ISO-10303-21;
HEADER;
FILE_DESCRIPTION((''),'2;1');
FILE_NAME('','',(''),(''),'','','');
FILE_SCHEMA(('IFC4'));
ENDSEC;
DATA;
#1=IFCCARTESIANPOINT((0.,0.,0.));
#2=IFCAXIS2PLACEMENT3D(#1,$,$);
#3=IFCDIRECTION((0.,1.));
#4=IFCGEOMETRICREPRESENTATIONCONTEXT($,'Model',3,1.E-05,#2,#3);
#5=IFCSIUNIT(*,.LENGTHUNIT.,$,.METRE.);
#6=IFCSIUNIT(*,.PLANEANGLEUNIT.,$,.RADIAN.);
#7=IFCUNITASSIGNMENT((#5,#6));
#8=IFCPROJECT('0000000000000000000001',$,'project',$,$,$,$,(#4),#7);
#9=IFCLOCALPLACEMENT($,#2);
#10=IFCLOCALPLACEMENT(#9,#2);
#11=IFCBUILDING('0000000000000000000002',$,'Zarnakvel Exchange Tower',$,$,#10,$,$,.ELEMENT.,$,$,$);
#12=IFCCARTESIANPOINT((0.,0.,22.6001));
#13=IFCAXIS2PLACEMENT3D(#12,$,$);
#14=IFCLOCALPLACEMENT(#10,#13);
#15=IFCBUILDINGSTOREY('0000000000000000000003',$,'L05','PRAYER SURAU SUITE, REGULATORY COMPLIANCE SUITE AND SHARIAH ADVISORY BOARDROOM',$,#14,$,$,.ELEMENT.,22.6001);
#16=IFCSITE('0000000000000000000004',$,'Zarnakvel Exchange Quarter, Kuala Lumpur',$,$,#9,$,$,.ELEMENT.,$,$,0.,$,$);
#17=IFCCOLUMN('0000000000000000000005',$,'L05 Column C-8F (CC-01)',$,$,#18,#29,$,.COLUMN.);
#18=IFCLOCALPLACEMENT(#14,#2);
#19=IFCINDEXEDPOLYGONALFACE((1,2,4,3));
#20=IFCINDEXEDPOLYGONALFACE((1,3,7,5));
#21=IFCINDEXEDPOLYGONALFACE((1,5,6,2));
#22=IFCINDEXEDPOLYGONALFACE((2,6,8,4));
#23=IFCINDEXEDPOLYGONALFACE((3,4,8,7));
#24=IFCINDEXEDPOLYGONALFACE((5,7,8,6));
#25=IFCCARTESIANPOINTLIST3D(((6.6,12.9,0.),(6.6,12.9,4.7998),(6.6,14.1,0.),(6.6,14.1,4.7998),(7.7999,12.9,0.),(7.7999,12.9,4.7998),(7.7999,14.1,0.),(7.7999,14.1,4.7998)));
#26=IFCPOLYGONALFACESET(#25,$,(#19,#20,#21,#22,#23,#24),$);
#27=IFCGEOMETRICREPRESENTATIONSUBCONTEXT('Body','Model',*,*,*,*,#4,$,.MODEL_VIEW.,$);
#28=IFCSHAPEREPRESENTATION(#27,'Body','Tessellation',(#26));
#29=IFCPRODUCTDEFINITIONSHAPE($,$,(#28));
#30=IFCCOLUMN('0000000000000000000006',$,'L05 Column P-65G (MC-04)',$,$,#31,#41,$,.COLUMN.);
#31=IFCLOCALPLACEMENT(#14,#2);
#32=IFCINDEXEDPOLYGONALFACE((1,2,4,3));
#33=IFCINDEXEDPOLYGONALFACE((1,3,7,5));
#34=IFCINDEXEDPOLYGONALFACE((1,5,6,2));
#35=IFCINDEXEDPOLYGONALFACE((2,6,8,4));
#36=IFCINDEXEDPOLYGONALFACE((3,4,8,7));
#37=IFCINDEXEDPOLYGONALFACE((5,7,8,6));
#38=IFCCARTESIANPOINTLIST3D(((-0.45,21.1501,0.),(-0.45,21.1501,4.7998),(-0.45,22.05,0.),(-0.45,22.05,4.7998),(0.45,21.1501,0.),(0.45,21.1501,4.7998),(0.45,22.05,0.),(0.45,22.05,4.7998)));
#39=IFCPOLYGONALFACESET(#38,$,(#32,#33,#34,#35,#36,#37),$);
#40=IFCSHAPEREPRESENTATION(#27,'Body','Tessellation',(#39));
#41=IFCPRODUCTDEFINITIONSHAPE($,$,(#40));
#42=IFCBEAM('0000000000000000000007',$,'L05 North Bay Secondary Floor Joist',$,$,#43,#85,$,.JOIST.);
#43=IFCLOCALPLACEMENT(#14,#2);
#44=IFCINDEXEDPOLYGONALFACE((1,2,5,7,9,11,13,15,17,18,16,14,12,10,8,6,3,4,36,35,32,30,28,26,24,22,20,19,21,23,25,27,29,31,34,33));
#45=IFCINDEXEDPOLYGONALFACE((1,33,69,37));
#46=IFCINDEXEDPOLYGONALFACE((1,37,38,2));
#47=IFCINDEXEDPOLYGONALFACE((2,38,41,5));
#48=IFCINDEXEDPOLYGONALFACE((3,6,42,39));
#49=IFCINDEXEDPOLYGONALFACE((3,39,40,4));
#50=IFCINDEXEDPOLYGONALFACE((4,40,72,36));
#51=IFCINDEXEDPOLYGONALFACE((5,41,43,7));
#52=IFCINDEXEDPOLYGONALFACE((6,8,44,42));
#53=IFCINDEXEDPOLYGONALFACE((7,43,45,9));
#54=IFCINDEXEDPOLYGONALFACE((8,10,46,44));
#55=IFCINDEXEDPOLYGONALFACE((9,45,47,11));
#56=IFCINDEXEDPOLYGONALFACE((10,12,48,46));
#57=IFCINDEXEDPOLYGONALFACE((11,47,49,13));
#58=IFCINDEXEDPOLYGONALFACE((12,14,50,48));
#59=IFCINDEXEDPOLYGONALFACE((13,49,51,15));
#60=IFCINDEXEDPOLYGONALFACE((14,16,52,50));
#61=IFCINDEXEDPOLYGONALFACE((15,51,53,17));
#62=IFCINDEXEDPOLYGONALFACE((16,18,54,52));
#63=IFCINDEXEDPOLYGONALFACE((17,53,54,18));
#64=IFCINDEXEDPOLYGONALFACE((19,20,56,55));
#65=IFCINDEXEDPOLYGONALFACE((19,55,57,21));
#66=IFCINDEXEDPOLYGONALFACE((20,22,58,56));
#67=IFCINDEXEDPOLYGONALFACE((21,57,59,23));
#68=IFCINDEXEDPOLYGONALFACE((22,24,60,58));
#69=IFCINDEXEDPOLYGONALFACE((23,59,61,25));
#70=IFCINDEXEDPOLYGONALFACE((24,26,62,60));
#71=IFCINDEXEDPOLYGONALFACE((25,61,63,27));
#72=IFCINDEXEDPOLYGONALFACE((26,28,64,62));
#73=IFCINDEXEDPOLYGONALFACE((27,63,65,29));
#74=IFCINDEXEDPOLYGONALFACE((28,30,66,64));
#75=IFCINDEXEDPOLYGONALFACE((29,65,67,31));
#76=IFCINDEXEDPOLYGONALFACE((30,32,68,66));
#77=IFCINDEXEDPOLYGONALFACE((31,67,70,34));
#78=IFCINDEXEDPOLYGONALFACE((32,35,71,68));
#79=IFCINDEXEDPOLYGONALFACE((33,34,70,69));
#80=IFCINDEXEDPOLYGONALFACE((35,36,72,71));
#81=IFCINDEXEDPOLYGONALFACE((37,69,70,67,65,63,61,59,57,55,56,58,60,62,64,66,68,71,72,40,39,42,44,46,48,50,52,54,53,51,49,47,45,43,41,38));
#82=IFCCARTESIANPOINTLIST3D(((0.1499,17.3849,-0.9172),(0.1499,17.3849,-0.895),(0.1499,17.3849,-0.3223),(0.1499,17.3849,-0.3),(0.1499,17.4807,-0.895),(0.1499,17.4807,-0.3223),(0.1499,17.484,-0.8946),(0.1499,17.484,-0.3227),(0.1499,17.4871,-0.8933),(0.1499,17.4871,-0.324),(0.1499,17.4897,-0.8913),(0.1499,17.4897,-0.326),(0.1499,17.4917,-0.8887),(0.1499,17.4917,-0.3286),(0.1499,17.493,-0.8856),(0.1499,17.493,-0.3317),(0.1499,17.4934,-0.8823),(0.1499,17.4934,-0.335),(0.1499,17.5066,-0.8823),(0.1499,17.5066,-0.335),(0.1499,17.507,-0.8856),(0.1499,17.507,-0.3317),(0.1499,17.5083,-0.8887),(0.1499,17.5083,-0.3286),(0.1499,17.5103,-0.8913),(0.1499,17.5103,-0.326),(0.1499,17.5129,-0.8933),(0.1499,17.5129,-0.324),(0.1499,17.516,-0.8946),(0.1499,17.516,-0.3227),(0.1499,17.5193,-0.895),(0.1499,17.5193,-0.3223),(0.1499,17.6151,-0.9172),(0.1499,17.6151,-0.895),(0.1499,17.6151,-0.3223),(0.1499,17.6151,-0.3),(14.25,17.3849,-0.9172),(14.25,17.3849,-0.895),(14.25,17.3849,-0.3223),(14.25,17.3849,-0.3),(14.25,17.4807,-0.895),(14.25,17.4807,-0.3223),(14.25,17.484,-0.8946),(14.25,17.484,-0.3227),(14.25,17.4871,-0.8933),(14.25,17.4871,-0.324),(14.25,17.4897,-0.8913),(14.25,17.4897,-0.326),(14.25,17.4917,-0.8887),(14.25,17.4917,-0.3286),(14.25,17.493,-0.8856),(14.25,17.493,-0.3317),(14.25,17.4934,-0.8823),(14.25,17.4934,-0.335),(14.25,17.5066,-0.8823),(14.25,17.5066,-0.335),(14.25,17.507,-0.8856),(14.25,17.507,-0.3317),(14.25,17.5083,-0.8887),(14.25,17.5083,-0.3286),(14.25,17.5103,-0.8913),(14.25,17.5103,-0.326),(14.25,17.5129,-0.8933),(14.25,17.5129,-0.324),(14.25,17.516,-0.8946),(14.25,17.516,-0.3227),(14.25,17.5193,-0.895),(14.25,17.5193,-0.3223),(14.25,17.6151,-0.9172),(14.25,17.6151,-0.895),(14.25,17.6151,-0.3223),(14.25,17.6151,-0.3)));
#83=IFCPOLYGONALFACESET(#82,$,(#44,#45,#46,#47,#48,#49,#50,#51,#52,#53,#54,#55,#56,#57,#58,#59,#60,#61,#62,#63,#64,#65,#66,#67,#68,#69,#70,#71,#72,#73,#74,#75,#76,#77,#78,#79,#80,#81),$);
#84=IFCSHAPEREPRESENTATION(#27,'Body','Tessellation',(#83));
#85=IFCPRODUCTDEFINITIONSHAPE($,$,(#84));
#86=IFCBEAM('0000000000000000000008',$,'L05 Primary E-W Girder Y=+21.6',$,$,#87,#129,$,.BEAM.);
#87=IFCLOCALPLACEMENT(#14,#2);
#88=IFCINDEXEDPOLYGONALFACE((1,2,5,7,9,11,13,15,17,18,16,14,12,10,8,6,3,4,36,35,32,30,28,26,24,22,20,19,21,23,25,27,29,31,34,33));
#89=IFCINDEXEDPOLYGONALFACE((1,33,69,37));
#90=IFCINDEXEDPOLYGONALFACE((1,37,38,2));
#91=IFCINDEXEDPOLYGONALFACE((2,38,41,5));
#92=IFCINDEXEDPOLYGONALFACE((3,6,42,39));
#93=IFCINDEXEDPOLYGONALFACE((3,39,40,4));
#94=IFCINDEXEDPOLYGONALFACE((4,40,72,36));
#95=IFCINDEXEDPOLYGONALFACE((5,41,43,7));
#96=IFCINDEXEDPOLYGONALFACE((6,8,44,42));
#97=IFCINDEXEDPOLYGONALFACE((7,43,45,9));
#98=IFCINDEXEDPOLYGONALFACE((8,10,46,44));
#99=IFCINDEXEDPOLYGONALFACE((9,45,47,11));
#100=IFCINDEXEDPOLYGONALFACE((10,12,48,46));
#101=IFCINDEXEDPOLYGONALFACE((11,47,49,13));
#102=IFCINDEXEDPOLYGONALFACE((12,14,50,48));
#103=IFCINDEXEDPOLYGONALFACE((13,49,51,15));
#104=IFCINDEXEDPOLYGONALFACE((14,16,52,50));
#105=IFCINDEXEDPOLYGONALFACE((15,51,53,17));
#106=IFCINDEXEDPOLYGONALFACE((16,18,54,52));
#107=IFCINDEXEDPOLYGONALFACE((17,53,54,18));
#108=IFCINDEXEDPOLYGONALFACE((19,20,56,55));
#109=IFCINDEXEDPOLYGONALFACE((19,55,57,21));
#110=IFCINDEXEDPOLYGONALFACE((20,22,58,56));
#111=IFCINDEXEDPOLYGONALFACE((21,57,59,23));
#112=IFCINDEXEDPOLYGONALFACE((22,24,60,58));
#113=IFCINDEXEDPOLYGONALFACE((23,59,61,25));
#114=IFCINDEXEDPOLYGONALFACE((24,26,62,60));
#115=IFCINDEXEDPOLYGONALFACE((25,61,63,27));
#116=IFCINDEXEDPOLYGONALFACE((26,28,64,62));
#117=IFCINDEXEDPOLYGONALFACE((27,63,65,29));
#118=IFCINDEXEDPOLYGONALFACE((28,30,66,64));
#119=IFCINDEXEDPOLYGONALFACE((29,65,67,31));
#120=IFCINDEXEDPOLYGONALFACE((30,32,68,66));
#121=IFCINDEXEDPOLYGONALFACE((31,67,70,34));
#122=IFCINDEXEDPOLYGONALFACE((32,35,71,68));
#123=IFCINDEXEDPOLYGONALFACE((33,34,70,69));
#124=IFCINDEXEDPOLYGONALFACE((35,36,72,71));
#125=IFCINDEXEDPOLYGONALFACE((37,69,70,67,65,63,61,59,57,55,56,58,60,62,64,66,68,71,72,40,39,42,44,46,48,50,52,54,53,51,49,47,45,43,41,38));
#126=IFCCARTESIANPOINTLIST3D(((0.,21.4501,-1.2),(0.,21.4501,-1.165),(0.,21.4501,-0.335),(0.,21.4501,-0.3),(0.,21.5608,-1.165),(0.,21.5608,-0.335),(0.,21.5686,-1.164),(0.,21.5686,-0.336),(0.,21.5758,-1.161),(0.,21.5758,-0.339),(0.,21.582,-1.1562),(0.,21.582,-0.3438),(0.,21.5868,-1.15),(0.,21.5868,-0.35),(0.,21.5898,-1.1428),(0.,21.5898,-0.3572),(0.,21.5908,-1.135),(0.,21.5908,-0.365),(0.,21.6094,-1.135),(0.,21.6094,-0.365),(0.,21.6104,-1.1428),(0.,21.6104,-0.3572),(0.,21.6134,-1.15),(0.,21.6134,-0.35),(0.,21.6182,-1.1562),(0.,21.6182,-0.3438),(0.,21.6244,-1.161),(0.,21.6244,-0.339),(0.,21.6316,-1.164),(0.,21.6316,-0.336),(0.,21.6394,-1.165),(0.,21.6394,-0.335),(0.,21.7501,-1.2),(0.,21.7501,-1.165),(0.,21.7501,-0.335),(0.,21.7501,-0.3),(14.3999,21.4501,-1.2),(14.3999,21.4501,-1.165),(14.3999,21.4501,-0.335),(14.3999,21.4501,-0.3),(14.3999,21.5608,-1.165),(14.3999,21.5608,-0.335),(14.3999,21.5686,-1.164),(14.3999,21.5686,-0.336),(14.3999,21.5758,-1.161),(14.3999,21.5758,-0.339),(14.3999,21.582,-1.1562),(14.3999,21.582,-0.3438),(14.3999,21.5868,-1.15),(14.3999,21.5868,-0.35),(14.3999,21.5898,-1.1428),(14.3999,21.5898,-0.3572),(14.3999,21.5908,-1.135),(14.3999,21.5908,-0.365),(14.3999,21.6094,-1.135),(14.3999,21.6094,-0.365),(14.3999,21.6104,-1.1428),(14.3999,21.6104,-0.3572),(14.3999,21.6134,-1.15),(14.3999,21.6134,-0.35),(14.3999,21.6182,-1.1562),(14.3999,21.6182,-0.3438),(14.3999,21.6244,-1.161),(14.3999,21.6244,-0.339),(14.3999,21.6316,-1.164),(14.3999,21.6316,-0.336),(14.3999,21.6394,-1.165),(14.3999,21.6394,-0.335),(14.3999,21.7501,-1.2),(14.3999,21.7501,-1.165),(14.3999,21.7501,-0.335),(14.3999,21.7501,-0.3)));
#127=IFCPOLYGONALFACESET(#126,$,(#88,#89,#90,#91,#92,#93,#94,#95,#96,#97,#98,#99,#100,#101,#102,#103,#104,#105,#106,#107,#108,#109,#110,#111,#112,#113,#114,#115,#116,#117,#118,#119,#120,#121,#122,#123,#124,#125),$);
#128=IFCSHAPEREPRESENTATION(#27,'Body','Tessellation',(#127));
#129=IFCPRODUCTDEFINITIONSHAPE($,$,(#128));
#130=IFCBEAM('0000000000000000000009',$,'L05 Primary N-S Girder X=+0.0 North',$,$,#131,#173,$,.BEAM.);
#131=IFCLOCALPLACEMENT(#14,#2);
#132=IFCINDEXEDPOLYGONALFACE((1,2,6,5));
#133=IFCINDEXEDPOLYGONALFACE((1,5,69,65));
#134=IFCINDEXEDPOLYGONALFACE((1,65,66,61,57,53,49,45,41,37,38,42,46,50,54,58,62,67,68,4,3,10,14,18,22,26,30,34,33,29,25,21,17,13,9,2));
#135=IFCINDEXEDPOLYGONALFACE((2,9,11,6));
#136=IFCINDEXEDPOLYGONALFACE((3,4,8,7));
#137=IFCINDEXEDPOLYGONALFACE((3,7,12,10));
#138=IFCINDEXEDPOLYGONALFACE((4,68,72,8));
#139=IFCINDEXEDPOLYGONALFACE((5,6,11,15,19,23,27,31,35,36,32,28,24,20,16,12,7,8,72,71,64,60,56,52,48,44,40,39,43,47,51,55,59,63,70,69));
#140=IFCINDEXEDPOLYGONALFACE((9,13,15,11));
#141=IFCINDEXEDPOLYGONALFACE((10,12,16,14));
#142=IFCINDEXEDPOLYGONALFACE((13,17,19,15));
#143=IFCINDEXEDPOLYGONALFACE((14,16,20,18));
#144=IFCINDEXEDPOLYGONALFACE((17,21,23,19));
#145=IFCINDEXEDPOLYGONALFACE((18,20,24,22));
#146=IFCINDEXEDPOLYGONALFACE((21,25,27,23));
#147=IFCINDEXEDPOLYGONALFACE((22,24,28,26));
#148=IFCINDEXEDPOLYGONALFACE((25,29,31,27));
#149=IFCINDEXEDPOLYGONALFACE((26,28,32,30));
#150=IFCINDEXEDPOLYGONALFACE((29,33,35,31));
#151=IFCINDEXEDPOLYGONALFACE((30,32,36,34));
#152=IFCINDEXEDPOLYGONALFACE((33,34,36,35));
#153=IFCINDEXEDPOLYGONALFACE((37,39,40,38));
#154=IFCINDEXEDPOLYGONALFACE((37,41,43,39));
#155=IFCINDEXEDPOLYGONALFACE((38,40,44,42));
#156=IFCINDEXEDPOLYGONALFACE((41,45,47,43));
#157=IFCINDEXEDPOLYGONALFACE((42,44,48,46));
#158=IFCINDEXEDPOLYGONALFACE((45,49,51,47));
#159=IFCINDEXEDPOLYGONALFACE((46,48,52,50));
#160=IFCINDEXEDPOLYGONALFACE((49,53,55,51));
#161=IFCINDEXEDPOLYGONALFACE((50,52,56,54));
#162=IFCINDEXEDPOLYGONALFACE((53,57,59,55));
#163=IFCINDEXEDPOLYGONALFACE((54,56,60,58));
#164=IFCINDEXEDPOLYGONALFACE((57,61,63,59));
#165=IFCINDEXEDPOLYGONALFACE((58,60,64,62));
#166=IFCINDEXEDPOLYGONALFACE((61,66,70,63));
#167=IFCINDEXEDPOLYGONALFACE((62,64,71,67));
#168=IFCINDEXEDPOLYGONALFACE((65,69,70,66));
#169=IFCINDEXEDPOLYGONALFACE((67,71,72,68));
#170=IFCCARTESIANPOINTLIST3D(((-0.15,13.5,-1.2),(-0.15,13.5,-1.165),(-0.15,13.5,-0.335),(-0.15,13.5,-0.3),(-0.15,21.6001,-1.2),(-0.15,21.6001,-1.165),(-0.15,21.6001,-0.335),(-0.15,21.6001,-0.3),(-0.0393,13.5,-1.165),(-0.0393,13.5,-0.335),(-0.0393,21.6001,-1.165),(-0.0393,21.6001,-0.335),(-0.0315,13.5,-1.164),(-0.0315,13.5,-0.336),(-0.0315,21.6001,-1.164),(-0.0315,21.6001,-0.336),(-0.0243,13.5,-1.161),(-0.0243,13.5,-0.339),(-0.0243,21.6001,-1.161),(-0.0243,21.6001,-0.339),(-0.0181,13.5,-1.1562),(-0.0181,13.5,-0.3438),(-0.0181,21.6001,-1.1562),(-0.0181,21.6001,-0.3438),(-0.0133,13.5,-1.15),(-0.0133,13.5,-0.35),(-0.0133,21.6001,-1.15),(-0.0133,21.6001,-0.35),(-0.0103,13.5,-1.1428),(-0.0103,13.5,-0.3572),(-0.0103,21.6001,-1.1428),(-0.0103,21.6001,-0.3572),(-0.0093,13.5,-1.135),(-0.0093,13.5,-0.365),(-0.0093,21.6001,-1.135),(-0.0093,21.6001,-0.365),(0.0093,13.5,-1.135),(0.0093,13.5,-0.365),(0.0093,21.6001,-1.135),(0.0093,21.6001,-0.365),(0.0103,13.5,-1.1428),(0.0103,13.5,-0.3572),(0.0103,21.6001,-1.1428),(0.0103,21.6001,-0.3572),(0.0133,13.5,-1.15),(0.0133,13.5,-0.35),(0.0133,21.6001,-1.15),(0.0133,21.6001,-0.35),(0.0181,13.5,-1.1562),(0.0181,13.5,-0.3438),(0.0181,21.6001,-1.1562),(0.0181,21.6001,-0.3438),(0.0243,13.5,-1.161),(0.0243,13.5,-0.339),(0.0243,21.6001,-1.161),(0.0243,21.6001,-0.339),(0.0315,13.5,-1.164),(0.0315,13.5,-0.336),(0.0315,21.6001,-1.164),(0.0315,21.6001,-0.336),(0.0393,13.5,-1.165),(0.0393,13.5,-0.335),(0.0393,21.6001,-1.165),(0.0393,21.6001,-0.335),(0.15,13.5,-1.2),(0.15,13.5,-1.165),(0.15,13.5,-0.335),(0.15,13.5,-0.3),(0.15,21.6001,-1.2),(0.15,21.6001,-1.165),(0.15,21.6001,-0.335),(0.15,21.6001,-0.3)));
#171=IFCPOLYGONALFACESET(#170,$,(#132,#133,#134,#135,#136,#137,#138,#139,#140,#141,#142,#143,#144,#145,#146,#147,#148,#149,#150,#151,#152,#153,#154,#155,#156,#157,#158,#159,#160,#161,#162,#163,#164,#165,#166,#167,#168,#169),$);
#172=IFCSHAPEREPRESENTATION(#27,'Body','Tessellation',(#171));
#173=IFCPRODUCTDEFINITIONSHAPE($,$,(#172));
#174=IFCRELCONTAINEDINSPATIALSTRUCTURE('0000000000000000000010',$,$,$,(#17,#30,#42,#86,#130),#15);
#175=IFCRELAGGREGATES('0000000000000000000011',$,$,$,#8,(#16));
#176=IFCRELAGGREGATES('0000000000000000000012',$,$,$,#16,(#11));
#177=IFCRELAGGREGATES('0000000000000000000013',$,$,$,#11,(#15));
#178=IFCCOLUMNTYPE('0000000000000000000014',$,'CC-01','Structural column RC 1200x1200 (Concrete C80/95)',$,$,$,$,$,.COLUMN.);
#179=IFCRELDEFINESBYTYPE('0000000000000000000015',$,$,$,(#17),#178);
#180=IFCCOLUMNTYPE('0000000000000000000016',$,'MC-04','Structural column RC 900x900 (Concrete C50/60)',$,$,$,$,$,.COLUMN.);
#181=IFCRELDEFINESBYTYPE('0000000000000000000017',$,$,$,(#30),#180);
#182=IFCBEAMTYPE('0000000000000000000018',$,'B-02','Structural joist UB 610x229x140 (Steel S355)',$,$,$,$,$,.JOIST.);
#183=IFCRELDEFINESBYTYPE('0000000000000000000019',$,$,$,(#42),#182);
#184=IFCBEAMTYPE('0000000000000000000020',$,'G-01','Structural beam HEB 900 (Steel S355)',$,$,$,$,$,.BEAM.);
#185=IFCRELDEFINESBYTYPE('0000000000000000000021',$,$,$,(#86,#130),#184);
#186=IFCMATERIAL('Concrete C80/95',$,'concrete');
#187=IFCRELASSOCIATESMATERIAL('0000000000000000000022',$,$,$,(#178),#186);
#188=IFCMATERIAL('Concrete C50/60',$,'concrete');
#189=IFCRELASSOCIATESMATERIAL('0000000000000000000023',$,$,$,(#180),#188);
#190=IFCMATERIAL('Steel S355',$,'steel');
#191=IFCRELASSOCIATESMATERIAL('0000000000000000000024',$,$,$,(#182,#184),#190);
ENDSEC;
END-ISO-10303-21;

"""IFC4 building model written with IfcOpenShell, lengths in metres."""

from ifc_helpers import new_model, si_unit, direction, frame, origin, origin_2d, place, context, subcontext, project, spatial, rectangle, i_section, extrude, material, material_profile, profile_set, type_object, element, save


model = new_model("IFC4")

# Units and contexts
model_context = context("Model", 3, precision=1e-05, world=origin(), true_north=direction((0.0, 1.0)))
body_context = subcontext(model_context, "Body", "Model", "MODEL_VIEW")
ifc_project = project(units=[si_unit("LENGTHUNIT", "METRE"), si_unit("PLANEANGLEUNIT", "RADIAN")], contexts=[model_context])

# Site, building, storey
site_placement = place(None, origin())
site = spatial("IfcSite", under=ifc_project, at=site_placement, Name="Zarnakvel Exchange Quarter, Kuala Lumpur", CompositionType="ELEMENT", RefElevation=0.0)
building_placement = place(site_placement, origin())
building = spatial("IfcBuilding", under=site, at=building_placement, Name="Zarnakvel Exchange Tower", CompositionType="ELEMENT")
storey_placement = place(building_placement, frame((0.0, 0.0, 22.6001)))
storey = spatial("IfcBuildingStorey", under=building, at=storey_placement, Name="L05", Description="PRAYER SURAU SUITE, REGULATORY COMPLIANCE SUITE AND SHARIAH ADVISORY BOARDROOM", CompositionType="ELEMENT", Elevation=22.6001)

# Columns
ifc_material_1 = material(Name="Concrete C80/95", Category="concrete")
ifc_material_profile_1 = material_profile(ifc_material_1, rectangle(XDim=1.2, YDim=1.2, at=origin_2d()))
ifc_profile_set_1 = profile_set([ifc_material_profile_1], Name="Concrete C80/95")
column_type_1 = type_object("IfcColumnType", Name="CC-01", Description="Structural column RC 1200x1200 (Concrete C80/95)", PredefinedType="COLUMN", material=ifc_profile_set_1)
column_1_placement = place(storey_placement, frame((7.2, 13.5, 0.0), z_axis=(0.0, 0.0, 1.0), x_axis=(1.0, 0.0, 0.0)))
element("IfcColumn", 1, at=column_1_placement, inside=storey, type_object=column_type_1, Name="L05 Column C-8F (CC-01)", PredefinedType="COLUMN", context=body_context, shape_type="SweptSolid", body=[
    extrude(rectangle(XDim=1.2, YDim=1.2, at=origin_2d()), origin(), (0.0, 0.0, 1.0), 4.7998),
])
ifc_material_2 = material(Name="Concrete C50/60", Category="concrete")
ifc_material_profile_2 = material_profile(ifc_material_2, rectangle(XDim=0.8999, YDim=0.8999, at=origin_2d()))
ifc_profile_set_2 = profile_set([ifc_material_profile_2], Name="Concrete C50/60")
column_type_2 = type_object("IfcColumnType", Name="MC-04", Description="Structural column RC 900x900 (Concrete C50/60)", PredefinedType="COLUMN", material=ifc_profile_set_2)
column_2_placement = place(storey_placement, frame((0.0, 21.6001, 0.0), z_axis=(0.0, 0.0, 1.0), x_axis=(1.0, 0.0, 0.0)))
element("IfcColumn", 2, at=column_2_placement, inside=storey, type_object=column_type_2, Name="L05 Column P-65G (MC-04)", PredefinedType="COLUMN", context=body_context, shape_type="SweptSolid", body=[
    extrude(rectangle(XDim=0.8999, YDim=0.8999, at=origin_2d()), origin(), (0.0, 0.0, 1.0), 4.7998),
])

# Beams
ifc_material_3 = material(Name="Steel S355", Category="steel")
ifc_material_profile_3 = material_profile(ifc_material_3, i_section(OverallWidth=0.2302, OverallDepth=0.6172, WebThickness=0.0132, FlangeThickness=0.0222, FilletRadius=0.0127, at=origin_2d()))
ifc_profile_set_3 = profile_set([ifc_material_profile_3], Name="Steel S355")
beam_type_1 = type_object("IfcBeamType", Name="B-02", Description="Structural joist UB 610x229x140 (Steel S355)", PredefinedType="JOIST", material=ifc_profile_set_3)
beam_1_placement = place(storey_placement, frame((0.1499, 17.5, -0.6086), z_axis=(1.0, 0.0, 0.0), x_axis=(0.0, 1.0, 0.0)))
element("IfcBeam", 3, at=beam_1_placement, inside=storey, type_object=beam_type_1, Name="L05 North Bay Secondary Floor Joist", PredefinedType="JOIST", context=body_context, shape_type="SweptSolid", body=[
    extrude(i_section(OverallWidth=0.2302, OverallDepth=0.6172, WebThickness=0.0132, FlangeThickness=0.0222, FilletRadius=0.0127, at=origin_2d()), origin(), (0.0, 0.0, 1.0), 14.1001),
])
ifc_material_profile_4 = material_profile(ifc_material_3, i_section(OverallWidth=0.3, OverallDepth=0.8999, WebThickness=0.0186, FlangeThickness=0.0349, FilletRadius=0.03, at=origin_2d()))
ifc_profile_set_4 = profile_set([ifc_material_profile_4], Name="Steel S355")
beam_type_2 = type_object("IfcBeamType", Name="G-01", Description="Structural beam HEB 900 (Steel S355)", PredefinedType="BEAM", material=ifc_profile_set_4)
beam_2_placement = place(storey_placement, frame((0.0, 21.6001, -0.75), z_axis=(1.0, 0.0, 0.0), x_axis=(0.0, 1.0, 0.0)))
element("IfcBeam", 4, at=beam_2_placement, inside=storey, type_object=beam_type_2, Name="L05 Primary E-W Girder Y=+21.6", PredefinedType="BEAM", context=body_context, shape_type="SweptSolid", body=[
    extrude(i_section(OverallWidth=0.3, OverallDepth=0.8999, WebThickness=0.0186, FlangeThickness=0.0349, FilletRadius=0.03, at=origin_2d()), origin(), (0.0, 0.0, 1.0), 14.3999),
])
beam_3_placement = place(storey_placement, frame((0.0, 13.5, -0.75), z_axis=(0.0, 1.0, 0.0), x_axis=(-1.0, 0.0, 0.0)))
element("IfcBeam", 5, at=beam_3_placement, inside=storey, type_object=beam_type_2, Name="L05 Primary N-S Girder X=+0.0 North", PredefinedType="BEAM", context=body_context, shape_type="SweptSolid", body=[
    extrude(i_section(OverallWidth=0.3, OverallDepth=0.8999, WebThickness=0.0186, FlangeThickness=0.0349, FilletRadius=0.03, at=origin_2d()), origin(), (0.0, 0.0, 1.0), 8.1001),
])

save(model, "model.ifc")
